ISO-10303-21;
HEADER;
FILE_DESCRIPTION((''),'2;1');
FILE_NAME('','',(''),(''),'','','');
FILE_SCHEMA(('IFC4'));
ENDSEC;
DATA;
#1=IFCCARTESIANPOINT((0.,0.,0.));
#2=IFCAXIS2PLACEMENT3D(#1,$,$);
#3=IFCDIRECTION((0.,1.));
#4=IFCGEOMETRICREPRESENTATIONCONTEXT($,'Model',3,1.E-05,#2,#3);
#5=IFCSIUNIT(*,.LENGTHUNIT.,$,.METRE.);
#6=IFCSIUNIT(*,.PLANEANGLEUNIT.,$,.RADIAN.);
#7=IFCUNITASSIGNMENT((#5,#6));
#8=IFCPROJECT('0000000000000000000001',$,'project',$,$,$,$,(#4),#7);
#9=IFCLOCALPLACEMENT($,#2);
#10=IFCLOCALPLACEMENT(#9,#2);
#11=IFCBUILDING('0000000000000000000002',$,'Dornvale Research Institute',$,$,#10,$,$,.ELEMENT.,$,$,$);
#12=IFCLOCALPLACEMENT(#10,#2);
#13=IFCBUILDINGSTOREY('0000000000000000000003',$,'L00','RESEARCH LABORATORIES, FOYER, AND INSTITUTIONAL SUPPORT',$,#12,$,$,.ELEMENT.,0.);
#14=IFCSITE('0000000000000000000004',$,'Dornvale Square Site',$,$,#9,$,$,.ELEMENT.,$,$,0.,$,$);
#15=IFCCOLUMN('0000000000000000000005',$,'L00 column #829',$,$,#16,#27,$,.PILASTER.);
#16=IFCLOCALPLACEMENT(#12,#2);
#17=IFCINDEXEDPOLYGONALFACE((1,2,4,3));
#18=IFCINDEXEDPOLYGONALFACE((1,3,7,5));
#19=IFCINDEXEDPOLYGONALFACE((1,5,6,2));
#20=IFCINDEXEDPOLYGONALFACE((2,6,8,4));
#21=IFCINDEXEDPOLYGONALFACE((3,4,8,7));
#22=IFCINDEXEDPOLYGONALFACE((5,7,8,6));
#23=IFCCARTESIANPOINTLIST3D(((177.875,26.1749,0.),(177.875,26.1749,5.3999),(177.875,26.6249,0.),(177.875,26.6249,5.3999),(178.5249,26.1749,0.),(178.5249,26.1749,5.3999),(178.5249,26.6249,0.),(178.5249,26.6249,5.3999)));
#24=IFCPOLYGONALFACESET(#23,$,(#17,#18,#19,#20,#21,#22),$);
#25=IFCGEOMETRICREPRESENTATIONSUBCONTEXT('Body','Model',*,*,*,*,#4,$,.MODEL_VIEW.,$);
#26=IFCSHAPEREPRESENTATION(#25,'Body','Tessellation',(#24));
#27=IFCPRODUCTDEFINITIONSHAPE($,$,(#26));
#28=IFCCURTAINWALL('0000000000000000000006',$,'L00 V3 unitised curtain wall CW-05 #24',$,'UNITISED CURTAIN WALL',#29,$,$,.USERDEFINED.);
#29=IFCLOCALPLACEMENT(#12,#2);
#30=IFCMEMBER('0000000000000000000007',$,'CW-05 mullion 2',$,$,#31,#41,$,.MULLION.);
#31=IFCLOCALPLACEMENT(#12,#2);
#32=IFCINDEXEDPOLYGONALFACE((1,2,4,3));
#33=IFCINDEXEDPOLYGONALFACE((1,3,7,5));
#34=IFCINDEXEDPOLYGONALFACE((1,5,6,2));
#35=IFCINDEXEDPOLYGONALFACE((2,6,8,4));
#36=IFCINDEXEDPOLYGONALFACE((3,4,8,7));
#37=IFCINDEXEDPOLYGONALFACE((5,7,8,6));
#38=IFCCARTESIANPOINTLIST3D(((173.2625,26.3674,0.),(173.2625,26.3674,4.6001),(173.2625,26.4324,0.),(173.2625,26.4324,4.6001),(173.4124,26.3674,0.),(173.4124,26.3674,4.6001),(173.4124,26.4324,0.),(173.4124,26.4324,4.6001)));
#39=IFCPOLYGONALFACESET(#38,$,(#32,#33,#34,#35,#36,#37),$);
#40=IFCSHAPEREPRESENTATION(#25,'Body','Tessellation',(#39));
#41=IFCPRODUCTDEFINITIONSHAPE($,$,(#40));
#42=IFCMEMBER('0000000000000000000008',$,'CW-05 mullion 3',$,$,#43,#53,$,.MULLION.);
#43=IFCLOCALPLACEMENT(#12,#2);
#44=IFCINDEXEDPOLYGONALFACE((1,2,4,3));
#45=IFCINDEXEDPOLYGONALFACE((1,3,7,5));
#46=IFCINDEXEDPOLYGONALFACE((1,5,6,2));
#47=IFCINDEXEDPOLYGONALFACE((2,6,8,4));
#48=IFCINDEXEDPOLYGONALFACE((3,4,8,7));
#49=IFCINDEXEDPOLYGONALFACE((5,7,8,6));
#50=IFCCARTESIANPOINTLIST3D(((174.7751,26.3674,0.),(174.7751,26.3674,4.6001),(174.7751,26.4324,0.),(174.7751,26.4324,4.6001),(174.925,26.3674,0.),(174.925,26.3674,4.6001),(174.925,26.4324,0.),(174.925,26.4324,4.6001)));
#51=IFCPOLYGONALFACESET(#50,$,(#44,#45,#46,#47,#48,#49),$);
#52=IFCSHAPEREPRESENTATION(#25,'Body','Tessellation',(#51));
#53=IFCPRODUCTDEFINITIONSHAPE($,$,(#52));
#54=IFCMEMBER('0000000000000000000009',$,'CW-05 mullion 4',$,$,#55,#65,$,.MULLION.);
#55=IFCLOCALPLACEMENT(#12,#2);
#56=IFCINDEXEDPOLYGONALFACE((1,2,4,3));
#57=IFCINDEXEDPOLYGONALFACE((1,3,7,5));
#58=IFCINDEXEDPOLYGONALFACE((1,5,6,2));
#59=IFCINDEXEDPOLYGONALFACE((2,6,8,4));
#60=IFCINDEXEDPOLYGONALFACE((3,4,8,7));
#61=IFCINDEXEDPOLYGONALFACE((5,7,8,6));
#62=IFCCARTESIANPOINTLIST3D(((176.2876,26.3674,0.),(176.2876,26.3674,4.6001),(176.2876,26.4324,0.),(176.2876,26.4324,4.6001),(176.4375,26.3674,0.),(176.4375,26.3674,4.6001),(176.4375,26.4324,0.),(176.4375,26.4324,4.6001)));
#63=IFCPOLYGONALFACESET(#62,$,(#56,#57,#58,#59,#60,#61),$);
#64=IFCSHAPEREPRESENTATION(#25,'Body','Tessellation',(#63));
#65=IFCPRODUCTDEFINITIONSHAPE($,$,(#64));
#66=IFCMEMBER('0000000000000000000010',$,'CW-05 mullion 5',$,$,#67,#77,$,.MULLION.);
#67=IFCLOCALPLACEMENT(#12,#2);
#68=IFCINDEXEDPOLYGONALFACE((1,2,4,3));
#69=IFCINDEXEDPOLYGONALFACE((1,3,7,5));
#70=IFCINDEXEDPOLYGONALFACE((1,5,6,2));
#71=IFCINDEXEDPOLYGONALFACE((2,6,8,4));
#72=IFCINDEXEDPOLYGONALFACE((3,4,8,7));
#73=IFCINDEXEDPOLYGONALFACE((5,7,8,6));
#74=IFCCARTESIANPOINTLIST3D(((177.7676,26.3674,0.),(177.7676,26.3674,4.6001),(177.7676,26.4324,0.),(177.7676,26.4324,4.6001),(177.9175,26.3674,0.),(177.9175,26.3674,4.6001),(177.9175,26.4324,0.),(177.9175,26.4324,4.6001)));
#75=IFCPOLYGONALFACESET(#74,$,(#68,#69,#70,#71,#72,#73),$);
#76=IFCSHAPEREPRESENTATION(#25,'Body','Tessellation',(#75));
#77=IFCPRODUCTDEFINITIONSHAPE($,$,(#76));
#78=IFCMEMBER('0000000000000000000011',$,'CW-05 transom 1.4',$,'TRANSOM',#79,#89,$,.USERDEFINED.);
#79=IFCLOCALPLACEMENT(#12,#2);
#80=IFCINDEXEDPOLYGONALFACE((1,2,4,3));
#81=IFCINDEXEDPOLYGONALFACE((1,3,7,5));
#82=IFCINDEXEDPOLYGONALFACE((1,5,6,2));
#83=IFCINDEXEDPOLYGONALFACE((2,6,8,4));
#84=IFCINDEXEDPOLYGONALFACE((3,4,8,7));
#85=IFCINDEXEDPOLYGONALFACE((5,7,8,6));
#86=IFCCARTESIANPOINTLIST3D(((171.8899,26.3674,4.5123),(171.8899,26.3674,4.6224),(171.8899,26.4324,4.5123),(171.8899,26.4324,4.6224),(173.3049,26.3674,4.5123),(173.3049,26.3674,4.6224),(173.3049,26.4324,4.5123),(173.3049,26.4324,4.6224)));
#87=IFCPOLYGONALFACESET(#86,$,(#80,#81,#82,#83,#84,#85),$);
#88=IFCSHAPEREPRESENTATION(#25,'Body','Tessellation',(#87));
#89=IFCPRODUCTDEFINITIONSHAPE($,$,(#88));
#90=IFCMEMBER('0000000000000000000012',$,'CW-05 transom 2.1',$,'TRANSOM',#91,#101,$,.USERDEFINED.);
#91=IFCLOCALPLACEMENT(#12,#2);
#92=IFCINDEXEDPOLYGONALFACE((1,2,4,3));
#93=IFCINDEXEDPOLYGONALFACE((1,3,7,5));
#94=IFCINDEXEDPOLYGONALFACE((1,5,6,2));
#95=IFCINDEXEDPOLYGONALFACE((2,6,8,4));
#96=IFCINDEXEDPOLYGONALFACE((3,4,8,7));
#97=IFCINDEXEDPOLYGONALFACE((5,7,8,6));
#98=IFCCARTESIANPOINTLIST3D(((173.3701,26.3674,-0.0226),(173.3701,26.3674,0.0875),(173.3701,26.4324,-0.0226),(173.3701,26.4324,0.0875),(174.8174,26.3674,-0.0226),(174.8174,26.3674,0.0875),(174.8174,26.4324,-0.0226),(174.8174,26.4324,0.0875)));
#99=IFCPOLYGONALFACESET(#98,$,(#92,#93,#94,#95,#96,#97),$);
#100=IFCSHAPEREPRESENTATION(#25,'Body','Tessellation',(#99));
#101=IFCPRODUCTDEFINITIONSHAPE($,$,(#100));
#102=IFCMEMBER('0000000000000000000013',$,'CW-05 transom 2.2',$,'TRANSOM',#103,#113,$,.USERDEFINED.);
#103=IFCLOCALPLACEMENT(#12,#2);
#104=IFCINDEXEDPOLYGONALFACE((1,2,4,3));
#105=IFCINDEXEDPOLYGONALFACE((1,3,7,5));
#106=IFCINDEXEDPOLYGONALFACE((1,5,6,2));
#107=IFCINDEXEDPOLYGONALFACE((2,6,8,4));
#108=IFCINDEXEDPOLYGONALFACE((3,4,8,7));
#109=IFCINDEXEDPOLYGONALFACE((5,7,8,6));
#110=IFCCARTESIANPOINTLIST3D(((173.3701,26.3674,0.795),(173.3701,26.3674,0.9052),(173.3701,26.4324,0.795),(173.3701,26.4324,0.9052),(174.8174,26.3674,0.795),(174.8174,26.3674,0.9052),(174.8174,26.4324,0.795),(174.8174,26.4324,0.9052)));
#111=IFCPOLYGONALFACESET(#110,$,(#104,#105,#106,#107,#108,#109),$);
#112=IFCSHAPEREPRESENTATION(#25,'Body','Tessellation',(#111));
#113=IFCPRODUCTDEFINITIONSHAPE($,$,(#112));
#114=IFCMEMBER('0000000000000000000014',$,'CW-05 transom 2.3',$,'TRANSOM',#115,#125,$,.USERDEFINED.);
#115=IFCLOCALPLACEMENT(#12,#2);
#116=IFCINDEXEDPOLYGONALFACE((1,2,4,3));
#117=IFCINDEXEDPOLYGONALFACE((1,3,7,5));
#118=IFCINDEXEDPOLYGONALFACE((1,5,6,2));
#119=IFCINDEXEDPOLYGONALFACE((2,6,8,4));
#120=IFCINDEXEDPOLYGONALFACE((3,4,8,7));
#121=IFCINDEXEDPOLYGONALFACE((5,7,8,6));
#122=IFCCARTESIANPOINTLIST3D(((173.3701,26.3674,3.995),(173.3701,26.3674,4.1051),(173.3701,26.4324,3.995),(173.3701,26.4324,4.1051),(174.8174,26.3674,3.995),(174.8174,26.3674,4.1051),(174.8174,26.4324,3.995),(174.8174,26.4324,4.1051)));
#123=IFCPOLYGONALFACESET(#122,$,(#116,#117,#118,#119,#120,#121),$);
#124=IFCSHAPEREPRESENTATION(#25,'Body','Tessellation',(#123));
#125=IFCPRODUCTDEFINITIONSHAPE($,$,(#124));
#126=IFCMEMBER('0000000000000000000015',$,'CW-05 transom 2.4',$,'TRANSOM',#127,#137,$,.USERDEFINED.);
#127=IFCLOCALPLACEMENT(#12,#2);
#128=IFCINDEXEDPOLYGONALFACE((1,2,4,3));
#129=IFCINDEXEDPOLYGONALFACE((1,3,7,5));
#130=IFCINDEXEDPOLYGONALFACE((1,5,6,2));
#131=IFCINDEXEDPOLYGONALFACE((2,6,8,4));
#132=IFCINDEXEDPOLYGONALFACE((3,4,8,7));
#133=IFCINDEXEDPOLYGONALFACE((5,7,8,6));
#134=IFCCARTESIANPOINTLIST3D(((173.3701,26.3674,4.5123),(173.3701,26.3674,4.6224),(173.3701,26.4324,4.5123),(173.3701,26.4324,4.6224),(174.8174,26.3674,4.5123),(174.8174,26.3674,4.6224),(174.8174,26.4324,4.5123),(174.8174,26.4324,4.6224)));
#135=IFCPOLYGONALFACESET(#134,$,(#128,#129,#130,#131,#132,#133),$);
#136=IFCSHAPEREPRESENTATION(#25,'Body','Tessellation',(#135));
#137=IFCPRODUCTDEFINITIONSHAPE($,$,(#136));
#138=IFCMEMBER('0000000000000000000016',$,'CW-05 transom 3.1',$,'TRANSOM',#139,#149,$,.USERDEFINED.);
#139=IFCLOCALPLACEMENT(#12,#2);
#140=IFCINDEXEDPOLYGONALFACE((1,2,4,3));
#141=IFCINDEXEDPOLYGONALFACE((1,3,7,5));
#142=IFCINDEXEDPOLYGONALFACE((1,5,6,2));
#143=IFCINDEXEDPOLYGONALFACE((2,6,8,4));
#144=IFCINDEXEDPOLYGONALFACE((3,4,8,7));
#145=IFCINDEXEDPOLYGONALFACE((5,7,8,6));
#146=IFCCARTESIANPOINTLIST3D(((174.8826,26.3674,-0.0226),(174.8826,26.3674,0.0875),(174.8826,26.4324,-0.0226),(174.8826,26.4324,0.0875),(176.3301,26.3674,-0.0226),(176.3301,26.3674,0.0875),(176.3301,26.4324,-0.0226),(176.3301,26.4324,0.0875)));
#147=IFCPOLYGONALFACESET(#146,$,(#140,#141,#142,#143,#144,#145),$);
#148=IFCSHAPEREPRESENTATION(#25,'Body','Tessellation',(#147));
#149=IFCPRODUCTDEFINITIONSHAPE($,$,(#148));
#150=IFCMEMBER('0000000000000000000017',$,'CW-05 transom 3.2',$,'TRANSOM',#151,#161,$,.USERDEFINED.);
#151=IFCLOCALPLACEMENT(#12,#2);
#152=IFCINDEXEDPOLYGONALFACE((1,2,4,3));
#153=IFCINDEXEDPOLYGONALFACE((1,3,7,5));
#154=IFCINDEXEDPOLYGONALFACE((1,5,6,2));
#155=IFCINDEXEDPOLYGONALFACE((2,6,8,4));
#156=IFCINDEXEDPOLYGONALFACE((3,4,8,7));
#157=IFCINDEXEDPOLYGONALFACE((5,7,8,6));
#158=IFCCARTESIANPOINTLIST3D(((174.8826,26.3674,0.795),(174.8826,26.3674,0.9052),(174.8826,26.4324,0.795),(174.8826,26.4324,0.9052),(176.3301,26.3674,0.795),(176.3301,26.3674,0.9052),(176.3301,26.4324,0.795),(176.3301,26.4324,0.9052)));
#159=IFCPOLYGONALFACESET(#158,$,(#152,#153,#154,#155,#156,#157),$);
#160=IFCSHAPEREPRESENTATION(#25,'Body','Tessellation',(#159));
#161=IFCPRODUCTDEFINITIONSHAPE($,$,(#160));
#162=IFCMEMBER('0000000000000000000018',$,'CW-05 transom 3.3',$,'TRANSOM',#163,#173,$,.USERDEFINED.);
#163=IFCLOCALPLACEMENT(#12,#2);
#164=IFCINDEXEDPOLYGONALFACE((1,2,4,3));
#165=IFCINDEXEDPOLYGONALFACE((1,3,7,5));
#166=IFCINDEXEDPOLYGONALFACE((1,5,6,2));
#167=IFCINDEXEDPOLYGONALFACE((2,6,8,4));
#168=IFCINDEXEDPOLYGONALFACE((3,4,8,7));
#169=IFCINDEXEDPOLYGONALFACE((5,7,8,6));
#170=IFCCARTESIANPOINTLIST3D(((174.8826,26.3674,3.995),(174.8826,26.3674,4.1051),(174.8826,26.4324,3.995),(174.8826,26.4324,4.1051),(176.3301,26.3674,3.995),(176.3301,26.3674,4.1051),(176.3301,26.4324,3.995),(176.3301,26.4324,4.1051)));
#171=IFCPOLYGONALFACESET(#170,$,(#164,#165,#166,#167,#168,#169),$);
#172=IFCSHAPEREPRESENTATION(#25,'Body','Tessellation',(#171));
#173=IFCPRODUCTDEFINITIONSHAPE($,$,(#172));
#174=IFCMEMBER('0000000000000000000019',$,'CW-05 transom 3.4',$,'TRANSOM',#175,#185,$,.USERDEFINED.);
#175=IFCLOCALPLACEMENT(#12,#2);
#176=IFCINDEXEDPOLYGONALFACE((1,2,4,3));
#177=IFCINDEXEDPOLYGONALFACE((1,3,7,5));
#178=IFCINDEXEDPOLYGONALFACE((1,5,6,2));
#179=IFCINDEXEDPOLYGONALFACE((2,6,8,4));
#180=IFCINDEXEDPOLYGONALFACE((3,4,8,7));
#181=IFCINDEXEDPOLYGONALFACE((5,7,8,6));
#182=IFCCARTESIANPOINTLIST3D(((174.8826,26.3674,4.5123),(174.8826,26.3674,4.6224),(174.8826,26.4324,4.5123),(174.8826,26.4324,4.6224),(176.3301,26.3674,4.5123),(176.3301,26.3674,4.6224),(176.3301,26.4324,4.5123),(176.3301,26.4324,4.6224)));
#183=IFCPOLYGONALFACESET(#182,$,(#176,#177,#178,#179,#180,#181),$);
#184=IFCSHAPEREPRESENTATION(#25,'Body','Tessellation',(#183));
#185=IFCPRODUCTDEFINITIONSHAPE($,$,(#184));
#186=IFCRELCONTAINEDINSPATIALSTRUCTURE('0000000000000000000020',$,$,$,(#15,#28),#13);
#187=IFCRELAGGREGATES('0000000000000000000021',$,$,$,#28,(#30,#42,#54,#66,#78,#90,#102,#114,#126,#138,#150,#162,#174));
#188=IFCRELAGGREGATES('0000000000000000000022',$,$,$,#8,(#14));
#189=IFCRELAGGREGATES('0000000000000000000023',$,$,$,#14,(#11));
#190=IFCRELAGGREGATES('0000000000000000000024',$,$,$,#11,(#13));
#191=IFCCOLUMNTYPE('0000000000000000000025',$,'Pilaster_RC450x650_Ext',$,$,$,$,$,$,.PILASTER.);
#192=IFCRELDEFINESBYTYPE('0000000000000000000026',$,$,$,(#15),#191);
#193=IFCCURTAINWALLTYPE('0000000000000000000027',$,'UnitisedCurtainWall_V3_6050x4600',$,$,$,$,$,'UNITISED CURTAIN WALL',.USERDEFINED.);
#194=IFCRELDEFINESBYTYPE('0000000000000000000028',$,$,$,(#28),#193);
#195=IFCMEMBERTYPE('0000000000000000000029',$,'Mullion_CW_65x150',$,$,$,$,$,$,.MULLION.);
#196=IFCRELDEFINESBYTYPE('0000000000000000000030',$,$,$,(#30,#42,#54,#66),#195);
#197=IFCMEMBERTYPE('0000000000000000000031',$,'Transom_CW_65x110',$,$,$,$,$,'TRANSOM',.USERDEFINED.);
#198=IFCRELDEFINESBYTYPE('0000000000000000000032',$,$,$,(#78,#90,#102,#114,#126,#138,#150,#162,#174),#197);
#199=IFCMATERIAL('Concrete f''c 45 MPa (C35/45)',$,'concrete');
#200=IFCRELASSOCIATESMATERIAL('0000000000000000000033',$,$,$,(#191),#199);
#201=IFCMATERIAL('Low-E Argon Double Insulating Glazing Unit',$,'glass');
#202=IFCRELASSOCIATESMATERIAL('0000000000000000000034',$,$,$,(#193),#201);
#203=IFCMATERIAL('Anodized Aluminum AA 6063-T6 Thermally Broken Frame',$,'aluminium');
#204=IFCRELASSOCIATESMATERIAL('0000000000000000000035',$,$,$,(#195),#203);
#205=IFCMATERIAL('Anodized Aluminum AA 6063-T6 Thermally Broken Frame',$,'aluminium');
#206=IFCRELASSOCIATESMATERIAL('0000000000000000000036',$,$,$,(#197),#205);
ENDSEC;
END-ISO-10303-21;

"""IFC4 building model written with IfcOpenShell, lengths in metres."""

from ifc_helpers import new_model, si_unit, direction, frame, origin, origin_2d, place, context, subcontext, project, spatial, rectangle, extrude, material, material_profile, profile_set, type_object, element, aggregate, save


model = new_model("IFC4")

# Units and contexts
model_context = context("Model", 3, precision=1e-05, world=origin(), true_north=direction((0.0, 1.0)))
body_context = subcontext(model_context, "Body", "Model", "MODEL_VIEW")
ifc_project = project(units=[si_unit("LENGTHUNIT", "METRE"), si_unit("PLANEANGLEUNIT", "RADIAN")], contexts=[model_context])

# Site, building, storey
site_placement = place(None, origin())
site = spatial("IfcSite", under=ifc_project, at=site_placement, Name="Dornvale Square Site", CompositionType="ELEMENT", RefElevation=0.0)
building_placement = place(site_placement, origin())
building = spatial("IfcBuilding", under=site, at=building_placement, Name="Dornvale Research Institute", CompositionType="ELEMENT")
storey_placement = place(building_placement, origin())
storey = spatial("IfcBuildingStorey", under=building, at=storey_placement, Name="L00", Description="RESEARCH LABORATORIES, FOYER, AND INSTITUTIONAL SUPPORT", CompositionType="ELEMENT", Elevation=0.0)

# Column
ifc_material_1 = material(Name="Concrete f'c 45 MPa (C35/45)", Category="concrete")
ifc_material_profile_1 = material_profile(ifc_material_1, rectangle(XDim=0.45, YDim=0.6499, at=origin_2d()), Name="RC 450x650")
ifc_profile_set_1 = profile_set([ifc_material_profile_1], Name="Concrete f'c 45 MPa (C35/45)")
column_type = type_object("IfcColumnType", Name="Pilaster_RC450x650_Ext", PredefinedType="PILASTER", material=ifc_profile_set_1)
column_placement = place(storey_placement, frame((178.2, 26.3999, 0.0), z_axis=(0.0, 0.0, 1.0), x_axis=(0.0, 1.0, 0.0)))
element("IfcColumn", 1, at=column_placement, inside=storey, type_object=column_type, Name="L00 column #829", PredefinedType="PILASTER", context=body_context, shape_type="SweptSolid", body=[
    extrude(rectangle(XDim=0.45, YDim=0.6499, at=origin_2d()), origin(), (0.0, 0.0, 1.0), 5.3999),
])

# Curtain wall, members
ifc_material_2 = material(Name="Low-E Argon Double Insulating Glazing Unit", Category="glass")
curtain_wall_type_1 = type_object("IfcCurtainWallType", Name="UnitisedCurtainWall_V3_6050x4600", ElementType="UNITISED CURTAIN WALL", PredefinedType="USERDEFINED", material=ifc_material_2)
curtain_wall_1_placement = place(storey_placement, origin())
curtain_wall_1 = element("IfcCurtainWall", 2, at=curtain_wall_1_placement, inside=storey, type_object=curtain_wall_type_1, Name="L00 V3 unitised curtain wall CW-05 #24", ObjectType="UNITISED CURTAIN WALL", PredefinedType="USERDEFINED")
ifc_material_3 = material(Name="Anodized Aluminum AA 6063-T6 Thermally Broken Frame", Category="aluminium")
ifc_material_profile_2 = material_profile(ifc_material_3, rectangle(XDim=0.0649, YDim=0.1499, at=origin_2d()), Name="ALU MULLION 65x150")
ifc_profile_set_2 = profile_set([ifc_material_profile_2], Name="Anodized Aluminum AA 6063-T6 Thermally Broken Frame")
member_type_1 = type_object("IfcMemberType", Name="Mullion_CW_65x150", PredefinedType="MULLION", material=ifc_profile_set_2)
member_1_placement = place(storey_placement, frame((173.3374, 26.3999, 0.0), z_axis=(0.0, 0.0, 1.0), x_axis=(0.0, 1.0, 0.0)))
member_1 = element("IfcMember", 3, at=member_1_placement, type_object=member_type_1, Name="CW-05 mullion 2", PredefinedType="MULLION", context=body_context, shape_type="SweptSolid", body=[
    extrude(rectangle(XDim=0.0649, YDim=0.1499, at=origin_2d()), origin(), (0.0, 0.0, 1.0), 4.6001),
])
member_2_placement = place(storey_placement, frame((174.8501, 26.3999, 0.0), z_axis=(0.0, 0.0, 1.0), x_axis=(0.0, 1.0, 0.0)))
member_2 = element("IfcMember", 4, at=member_2_placement, type_object=member_type_1, Name="CW-05 mullion 3", PredefinedType="MULLION", context=body_context, shape_type="SweptSolid", body=[
    extrude(rectangle(XDim=0.0649, YDim=0.1499, at=origin_2d()), origin(), (0.0, 0.0, 1.0), 4.6001),
])
member_3_placement = place(storey_placement, frame((176.3625, 26.3999, 0.0), z_axis=(0.0, 0.0, 1.0), x_axis=(0.0, 1.0, 0.0)))
member_3 = element("IfcMember", 5, at=member_3_placement, type_object=member_type_1, Name="CW-05 mullion 4", PredefinedType="MULLION", context=body_context, shape_type="SweptSolid", body=[
    extrude(rectangle(XDim=0.0649, YDim=0.1499, at=origin_2d()), origin(), (0.0, 0.0, 1.0), 4.6001),
])
member_4_placement = place(storey_placement, frame((177.8425, 26.3999, 0.0), z_axis=(0.0, 0.0, 1.0), x_axis=(0.0, 1.0, 0.0)))
member_4 = element("IfcMember", 6, at=member_4_placement, type_object=member_type_1, Name="CW-05 mullion 5", PredefinedType="MULLION", context=body_context, shape_type="SweptSolid", body=[
    extrude(rectangle(XDim=0.0649, YDim=0.1499, at=origin_2d()), origin(), (0.0, 0.0, 1.0), 4.6001),
])
ifc_material_4 = material(Name="Anodized Aluminum AA 6063-T6 Thermally Broken Frame", Category="aluminium")
ifc_material_profile_3 = material_profile(ifc_material_4, rectangle(XDim=0.0649, YDim=0.1101, at=origin_2d()), Name="ALU TRANSOM 65x110")
ifc_profile_set_3 = profile_set([ifc_material_profile_3], Name="Anodized Aluminum AA 6063-T6 Thermally Broken Frame")
member_type_2 = type_object("IfcMemberType", Name="Transom_CW_65x110", ElementType="TRANSOM", PredefinedType="USERDEFINED", material=ifc_profile_set_3)
member_5_placement = place(storey_placement, frame((171.8899, 26.3999, 4.5674), z_axis=(1.0, 0.0, 0.0), x_axis=(0.0, 1.0, 0.0)))
member_5 = element("IfcMember", 7, at=member_5_placement, type_object=member_type_2, Name="CW-05 transom 1.4", ObjectType="TRANSOM", PredefinedType="USERDEFINED", context=body_context, shape_type="SweptSolid", body=[
    extrude(rectangle(XDim=0.0649, YDim=0.1101, at=origin_2d()), origin(), (0.0, 0.0, 1.0), 1.415),
])
member_6_placement = place(storey_placement, frame((173.3701, 26.3999, 0.0325), z_axis=(1.0, 0.0, 0.0), x_axis=(0.0, 1.0, 0.0)))
member_6 = element("IfcMember", 8, at=member_6_placement, type_object=member_type_2, Name="CW-05 transom 2.1", ObjectType="TRANSOM", PredefinedType="USERDEFINED", context=body_context, shape_type="SweptSolid", body=[
    extrude(rectangle(XDim=0.0649, YDim=0.1101, at=origin_2d()), origin(), (0.0, 0.0, 1.0), 1.4473),
])
member_7_placement = place(storey_placement, frame((173.3701, 26.3999, 0.8501), z_axis=(1.0, 0.0, 0.0), x_axis=(0.0, 1.0, 0.0)))
member_7 = element("IfcMember", 9, at=member_7_placement, type_object=member_type_2, Name="CW-05 transom 2.2", ObjectType="TRANSOM", PredefinedType="USERDEFINED", context=body_context, shape_type="SweptSolid", body=[
    extrude(rectangle(XDim=0.0649, YDim=0.1101, at=origin_2d()), origin(), (0.0, 0.0, 1.0), 1.4473),
])
member_8_placement = place(storey_placement, frame((173.3701, 26.3999, 4.05), z_axis=(1.0, 0.0, 0.0), x_axis=(0.0, 1.0, 0.0)))
member_8 = element("IfcMember", 10, at=member_8_placement, type_object=member_type_2, Name="CW-05 transom 2.3", ObjectType="TRANSOM", PredefinedType="USERDEFINED", context=body_context, shape_type="SweptSolid", body=[
    extrude(rectangle(XDim=0.0649, YDim=0.1101, at=origin_2d()), origin(), (0.0, 0.0, 1.0), 1.4473),
])
member_9_placement = place(storey_placement, frame((173.3701, 26.3999, 4.5674), z_axis=(1.0, 0.0, 0.0), x_axis=(0.0, 1.0, 0.0)))
member_9 = element("IfcMember", 11, at=member_9_placement, type_object=member_type_2, Name="CW-05 transom 2.4", ObjectType="TRANSOM", PredefinedType="USERDEFINED", context=body_context, shape_type="SweptSolid", body=[
    extrude(rectangle(XDim=0.0649, YDim=0.1101, at=origin_2d()), origin(), (0.0, 0.0, 1.0), 1.4473),
])
member_10_placement = place(storey_placement, frame((174.8826, 26.3999, 0.0325), z_axis=(1.0, 0.0, 0.0), x_axis=(0.0, 1.0, 0.0)))
member_10 = element("IfcMember", 12, at=member_10_placement, type_object=member_type_2, Name="CW-05 transom 3.1", ObjectType="TRANSOM", PredefinedType="USERDEFINED", context=body_context, shape_type="SweptSolid", body=[
    extrude(rectangle(XDim=0.0649, YDim=0.1101, at=origin_2d()), origin(), (0.0, 0.0, 1.0), 1.4475),
])
member_11_placement = place(storey_placement, frame((174.8826, 26.3999, 0.8501), z_axis=(1.0, 0.0, 0.0), x_axis=(0.0, 1.0, 0.0)))
member_11 = element("IfcMember", 13, at=member_11_placement, type_object=member_type_2, Name="CW-05 transom 3.2", ObjectType="TRANSOM", PredefinedType="USERDEFINED", context=body_context, shape_type="SweptSolid", body=[
    extrude(rectangle(XDim=0.0649, YDim=0.1101, at=origin_2d()), origin(), (0.0, 0.0, 1.0), 1.4475),
])
member_12_placement = place(storey_placement, frame((174.8826, 26.3999, 4.05), z_axis=(1.0, 0.0, 0.0), x_axis=(0.0, 1.0, 0.0)))
member_12 = element("IfcMember", 14, at=member_12_placement, type_object=member_type_2, Name="CW-05 transom 3.3", ObjectType="TRANSOM", PredefinedType="USERDEFINED", context=body_context, shape_type="SweptSolid", body=[
    extrude(rectangle(XDim=0.0649, YDim=0.1101, at=origin_2d()), origin(), (0.0, 0.0, 1.0), 1.4475),
])
member_13_placement = place(storey_placement, frame((174.8826, 26.3999, 4.5674), z_axis=(1.0, 0.0, 0.0), x_axis=(0.0, 1.0, 0.0)))
member_13 = element("IfcMember", 15, at=member_13_placement, type_object=member_type_2, Name="CW-05 transom 3.4", ObjectType="TRANSOM", PredefinedType="USERDEFINED", context=body_context, shape_type="SweptSolid", body=[
    extrude(rectangle(XDim=0.0649, YDim=0.1101, at=origin_2d()), origin(), (0.0, 0.0, 1.0), 1.4475),
])

aggregate(curtain_wall_1, [member_1, member_2, member_3, member_4, member_5, member_6, member_7, member_8, member_9, member_10, member_11, member_12, member_13])

save(model, "model.ifc")
